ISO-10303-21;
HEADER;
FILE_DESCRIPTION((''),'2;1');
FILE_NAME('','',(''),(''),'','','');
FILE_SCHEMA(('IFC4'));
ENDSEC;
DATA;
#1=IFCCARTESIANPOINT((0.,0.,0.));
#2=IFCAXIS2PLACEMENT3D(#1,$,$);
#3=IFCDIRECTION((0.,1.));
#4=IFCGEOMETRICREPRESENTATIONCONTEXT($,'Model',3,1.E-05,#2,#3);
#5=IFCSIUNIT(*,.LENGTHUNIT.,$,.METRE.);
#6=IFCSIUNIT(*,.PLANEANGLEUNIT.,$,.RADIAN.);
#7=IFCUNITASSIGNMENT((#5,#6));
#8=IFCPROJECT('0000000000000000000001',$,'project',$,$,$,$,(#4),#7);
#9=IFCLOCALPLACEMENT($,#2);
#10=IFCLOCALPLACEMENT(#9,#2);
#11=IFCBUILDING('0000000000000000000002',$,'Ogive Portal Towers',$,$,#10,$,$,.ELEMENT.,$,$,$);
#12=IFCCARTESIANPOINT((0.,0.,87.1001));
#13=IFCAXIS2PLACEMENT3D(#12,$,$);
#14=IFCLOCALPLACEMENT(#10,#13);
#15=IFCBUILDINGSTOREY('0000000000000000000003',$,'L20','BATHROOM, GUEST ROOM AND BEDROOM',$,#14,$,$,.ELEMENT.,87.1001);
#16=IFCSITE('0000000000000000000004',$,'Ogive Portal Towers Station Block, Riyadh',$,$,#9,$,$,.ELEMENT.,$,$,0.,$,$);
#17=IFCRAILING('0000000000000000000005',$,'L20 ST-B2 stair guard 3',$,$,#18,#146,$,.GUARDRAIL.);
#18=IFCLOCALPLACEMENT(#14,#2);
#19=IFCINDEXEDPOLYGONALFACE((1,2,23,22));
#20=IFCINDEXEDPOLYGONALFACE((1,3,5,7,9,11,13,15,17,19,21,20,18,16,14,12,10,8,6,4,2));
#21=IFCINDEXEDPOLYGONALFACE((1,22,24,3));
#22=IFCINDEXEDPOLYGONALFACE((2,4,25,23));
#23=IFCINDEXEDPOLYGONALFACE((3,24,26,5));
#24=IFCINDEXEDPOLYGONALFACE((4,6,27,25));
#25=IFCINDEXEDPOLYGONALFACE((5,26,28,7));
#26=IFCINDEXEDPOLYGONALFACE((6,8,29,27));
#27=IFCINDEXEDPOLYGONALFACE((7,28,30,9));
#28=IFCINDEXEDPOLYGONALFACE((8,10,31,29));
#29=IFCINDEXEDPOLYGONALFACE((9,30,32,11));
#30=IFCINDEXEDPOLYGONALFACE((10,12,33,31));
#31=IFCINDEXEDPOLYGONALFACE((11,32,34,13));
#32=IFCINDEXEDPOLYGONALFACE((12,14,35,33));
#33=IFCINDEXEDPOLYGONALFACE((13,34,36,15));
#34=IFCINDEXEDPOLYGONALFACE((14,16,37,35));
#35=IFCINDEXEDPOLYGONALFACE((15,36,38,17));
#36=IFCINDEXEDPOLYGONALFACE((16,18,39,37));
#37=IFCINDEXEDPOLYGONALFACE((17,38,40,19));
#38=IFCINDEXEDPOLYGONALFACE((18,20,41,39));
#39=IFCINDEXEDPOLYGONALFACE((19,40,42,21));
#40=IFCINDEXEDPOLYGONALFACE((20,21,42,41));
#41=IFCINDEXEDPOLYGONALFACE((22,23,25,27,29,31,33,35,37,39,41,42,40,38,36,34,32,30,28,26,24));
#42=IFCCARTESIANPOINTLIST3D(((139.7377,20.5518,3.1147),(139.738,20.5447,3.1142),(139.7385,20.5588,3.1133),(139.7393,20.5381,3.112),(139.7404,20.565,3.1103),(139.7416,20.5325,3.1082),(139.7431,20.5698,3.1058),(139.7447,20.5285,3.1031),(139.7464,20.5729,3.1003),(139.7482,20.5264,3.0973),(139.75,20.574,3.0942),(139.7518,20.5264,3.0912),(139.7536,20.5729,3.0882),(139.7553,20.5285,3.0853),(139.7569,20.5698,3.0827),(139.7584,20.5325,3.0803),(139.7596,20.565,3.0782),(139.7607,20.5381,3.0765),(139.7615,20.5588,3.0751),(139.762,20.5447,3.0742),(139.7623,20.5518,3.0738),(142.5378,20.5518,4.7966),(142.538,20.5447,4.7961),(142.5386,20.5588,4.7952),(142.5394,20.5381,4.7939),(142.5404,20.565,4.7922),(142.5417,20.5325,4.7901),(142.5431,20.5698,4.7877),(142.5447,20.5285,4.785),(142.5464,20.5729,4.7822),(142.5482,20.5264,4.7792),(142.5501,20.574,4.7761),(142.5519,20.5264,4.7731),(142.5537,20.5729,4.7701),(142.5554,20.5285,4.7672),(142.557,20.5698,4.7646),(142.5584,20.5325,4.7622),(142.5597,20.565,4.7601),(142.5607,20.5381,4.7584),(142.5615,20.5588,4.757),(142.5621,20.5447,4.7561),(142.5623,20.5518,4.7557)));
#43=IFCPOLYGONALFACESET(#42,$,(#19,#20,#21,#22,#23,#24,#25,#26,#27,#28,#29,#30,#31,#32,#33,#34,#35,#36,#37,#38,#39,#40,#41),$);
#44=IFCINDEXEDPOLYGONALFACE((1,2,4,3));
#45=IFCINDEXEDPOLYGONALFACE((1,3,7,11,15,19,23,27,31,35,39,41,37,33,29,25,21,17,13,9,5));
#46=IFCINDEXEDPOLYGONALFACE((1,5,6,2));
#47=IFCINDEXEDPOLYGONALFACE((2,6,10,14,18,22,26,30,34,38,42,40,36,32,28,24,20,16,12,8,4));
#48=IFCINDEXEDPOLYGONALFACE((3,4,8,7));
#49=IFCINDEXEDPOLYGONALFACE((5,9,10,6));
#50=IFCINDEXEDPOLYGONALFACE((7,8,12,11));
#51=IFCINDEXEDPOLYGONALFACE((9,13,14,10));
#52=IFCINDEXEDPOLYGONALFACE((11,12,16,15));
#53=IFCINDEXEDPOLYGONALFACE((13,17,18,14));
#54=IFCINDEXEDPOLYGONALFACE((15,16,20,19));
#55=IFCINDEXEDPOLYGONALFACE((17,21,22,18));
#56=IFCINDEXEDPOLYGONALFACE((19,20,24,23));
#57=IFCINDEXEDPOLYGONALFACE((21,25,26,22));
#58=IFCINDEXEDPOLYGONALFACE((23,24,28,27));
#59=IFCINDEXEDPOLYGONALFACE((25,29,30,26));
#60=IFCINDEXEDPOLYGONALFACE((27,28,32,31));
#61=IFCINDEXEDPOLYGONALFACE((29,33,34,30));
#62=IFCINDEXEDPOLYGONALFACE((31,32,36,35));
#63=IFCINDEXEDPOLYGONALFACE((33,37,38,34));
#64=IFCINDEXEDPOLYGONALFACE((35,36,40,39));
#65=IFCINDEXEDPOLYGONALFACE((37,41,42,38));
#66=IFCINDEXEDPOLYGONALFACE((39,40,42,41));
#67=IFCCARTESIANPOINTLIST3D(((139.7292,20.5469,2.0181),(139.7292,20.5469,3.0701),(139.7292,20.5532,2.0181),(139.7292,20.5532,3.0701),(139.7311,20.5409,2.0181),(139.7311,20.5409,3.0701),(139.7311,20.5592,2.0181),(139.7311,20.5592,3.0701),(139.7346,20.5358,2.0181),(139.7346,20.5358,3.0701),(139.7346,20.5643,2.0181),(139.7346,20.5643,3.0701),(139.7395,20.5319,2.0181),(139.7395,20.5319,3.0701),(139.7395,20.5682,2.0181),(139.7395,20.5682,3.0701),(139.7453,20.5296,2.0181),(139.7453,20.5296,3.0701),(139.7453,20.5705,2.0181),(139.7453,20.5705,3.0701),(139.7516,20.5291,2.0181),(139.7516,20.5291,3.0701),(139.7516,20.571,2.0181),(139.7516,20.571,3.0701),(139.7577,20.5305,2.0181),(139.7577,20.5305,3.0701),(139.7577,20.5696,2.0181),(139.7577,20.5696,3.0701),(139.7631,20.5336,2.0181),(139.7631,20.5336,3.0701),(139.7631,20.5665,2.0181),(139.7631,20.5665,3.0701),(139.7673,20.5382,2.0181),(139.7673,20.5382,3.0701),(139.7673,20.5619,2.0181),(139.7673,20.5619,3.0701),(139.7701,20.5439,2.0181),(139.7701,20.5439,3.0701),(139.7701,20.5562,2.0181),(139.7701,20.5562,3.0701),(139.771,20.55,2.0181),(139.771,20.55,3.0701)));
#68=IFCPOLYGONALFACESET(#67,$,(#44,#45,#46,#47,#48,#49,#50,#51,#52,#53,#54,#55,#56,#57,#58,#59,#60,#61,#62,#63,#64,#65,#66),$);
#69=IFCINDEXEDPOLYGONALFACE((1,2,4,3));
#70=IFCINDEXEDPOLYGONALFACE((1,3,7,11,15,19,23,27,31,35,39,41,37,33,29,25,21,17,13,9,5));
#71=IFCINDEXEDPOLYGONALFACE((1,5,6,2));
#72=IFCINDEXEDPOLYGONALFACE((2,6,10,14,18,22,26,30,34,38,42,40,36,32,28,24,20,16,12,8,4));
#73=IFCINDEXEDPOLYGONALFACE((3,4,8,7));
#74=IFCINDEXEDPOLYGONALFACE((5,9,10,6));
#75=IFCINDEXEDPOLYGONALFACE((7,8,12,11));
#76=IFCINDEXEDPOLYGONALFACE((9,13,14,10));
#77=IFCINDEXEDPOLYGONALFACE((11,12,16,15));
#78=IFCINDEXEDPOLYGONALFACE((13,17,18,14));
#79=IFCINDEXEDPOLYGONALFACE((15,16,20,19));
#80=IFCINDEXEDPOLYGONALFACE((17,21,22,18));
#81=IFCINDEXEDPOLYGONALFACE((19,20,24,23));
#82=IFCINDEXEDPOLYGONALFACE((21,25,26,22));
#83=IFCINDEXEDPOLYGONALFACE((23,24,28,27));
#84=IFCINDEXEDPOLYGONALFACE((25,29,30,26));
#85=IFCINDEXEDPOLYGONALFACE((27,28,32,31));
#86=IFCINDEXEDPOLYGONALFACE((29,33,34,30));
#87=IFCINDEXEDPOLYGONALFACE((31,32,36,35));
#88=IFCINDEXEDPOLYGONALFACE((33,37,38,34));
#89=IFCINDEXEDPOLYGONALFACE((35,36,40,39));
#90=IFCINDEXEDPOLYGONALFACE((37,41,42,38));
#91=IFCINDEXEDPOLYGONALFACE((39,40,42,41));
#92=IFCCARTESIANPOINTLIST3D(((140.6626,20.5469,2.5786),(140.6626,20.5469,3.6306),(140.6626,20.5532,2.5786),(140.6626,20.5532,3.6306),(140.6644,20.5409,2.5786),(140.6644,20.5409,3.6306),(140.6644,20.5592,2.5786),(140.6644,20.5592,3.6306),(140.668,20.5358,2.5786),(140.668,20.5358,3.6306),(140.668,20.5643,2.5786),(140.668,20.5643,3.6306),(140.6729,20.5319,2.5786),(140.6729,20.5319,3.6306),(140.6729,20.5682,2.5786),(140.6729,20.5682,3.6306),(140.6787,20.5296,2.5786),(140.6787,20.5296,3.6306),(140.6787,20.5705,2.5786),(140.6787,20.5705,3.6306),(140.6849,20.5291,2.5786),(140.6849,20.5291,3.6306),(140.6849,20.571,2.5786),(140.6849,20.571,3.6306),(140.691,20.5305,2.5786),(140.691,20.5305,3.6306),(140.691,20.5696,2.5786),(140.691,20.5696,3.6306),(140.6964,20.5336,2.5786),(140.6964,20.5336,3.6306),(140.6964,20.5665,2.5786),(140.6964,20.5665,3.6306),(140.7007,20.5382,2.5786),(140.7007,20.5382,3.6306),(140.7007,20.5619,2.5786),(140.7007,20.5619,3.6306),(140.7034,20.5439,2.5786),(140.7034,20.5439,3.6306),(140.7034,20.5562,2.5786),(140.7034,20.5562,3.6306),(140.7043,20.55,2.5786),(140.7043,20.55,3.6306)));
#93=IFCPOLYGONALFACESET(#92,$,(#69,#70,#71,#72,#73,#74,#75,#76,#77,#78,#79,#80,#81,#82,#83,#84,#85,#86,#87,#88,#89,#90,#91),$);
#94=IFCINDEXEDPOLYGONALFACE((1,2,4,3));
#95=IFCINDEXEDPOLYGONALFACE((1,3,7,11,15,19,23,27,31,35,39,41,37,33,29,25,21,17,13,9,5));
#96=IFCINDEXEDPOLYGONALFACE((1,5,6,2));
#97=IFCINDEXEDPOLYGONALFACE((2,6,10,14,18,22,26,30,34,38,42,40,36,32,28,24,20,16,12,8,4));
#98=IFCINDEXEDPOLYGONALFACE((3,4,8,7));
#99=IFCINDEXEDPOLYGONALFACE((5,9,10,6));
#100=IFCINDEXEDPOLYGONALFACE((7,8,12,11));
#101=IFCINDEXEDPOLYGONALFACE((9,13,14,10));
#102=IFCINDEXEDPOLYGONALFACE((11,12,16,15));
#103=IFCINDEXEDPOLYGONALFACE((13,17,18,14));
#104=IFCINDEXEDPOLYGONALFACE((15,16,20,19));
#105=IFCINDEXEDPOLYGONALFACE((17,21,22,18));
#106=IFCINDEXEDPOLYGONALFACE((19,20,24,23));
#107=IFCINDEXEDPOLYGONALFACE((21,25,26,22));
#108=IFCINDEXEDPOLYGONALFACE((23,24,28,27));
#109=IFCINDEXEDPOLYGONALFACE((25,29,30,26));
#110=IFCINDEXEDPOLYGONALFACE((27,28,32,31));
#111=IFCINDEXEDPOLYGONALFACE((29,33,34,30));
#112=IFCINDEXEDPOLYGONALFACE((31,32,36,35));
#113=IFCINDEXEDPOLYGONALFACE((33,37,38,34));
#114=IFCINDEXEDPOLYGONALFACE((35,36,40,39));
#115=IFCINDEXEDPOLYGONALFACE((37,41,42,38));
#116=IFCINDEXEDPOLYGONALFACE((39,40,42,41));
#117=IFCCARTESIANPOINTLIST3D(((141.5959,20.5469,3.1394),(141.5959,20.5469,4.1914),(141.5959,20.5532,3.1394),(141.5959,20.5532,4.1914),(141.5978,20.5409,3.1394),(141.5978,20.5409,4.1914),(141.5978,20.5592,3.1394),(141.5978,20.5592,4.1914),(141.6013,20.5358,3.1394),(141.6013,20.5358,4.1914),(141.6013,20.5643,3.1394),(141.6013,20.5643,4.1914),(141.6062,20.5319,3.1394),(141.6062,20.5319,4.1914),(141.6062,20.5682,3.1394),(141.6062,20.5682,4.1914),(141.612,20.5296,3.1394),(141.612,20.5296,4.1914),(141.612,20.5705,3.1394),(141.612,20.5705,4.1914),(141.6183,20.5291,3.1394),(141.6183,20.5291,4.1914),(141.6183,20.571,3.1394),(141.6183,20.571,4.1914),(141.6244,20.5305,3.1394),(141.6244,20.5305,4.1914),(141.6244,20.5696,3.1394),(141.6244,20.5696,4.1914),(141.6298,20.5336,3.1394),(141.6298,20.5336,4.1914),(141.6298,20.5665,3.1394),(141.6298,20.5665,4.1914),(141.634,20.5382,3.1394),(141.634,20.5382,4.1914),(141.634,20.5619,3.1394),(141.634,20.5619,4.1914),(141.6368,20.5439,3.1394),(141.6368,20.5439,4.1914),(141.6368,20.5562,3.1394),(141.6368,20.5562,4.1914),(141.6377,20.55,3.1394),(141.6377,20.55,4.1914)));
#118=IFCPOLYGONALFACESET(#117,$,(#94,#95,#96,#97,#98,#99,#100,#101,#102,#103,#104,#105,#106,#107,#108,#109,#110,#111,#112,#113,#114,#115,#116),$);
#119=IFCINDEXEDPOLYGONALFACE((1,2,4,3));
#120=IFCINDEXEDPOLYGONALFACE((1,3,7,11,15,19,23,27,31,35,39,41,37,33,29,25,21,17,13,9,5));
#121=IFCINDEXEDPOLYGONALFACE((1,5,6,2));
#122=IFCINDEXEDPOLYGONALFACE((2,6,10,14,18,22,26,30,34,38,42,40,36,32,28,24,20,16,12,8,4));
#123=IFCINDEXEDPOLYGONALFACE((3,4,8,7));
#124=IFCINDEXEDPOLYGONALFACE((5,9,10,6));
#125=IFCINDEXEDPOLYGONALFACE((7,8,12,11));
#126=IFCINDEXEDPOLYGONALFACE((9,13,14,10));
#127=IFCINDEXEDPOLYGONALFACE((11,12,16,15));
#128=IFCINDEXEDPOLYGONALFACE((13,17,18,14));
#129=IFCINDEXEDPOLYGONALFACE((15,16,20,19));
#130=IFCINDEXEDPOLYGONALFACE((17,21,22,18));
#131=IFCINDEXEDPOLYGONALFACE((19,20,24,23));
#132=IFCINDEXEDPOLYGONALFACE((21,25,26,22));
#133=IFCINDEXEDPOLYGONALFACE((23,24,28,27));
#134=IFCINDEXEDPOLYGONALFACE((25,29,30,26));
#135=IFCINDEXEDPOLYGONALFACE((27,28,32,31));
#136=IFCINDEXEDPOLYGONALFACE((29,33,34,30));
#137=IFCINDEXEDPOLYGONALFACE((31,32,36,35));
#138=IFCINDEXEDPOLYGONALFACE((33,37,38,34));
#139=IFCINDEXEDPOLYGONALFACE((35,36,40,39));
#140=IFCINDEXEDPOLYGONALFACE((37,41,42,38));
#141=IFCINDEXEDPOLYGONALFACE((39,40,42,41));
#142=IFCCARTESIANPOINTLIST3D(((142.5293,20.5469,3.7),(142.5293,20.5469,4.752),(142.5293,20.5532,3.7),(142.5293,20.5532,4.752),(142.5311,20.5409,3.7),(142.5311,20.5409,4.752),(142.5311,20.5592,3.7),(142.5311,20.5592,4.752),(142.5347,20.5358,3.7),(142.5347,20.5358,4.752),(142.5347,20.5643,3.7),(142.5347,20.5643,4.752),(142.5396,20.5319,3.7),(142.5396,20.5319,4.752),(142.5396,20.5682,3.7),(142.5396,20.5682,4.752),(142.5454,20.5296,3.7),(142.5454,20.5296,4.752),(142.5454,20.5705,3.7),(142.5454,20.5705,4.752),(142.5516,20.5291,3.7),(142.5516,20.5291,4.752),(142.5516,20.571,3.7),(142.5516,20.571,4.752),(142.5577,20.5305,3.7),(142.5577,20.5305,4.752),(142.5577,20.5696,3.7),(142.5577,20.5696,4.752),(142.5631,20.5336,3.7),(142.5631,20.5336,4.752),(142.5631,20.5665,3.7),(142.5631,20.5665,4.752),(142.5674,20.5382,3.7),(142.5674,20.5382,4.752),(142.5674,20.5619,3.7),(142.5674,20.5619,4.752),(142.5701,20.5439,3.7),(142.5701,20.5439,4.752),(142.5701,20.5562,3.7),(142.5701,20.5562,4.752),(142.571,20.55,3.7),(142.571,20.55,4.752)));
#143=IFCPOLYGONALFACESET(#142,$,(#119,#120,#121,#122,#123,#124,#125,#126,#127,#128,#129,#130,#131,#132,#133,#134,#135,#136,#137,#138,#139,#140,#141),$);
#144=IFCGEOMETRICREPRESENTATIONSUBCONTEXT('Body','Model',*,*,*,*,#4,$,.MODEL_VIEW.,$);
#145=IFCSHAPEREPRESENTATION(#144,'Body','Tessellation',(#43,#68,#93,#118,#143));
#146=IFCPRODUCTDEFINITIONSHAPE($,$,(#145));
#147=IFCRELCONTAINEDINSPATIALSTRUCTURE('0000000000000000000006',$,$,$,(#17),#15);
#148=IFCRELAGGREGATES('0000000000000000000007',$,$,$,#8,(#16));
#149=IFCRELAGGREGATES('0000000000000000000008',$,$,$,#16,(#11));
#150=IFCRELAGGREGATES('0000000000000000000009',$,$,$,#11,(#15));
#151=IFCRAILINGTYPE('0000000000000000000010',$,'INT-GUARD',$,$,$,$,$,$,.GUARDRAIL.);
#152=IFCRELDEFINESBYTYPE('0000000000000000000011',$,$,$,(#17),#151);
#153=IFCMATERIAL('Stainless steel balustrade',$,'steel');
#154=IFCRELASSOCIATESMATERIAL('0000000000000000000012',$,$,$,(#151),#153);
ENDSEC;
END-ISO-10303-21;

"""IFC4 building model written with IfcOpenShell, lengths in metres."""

from ifc_helpers import new_model, si_unit, direction, frame, origin, origin_2d, place, context, subcontext, project, spatial, circle, extrude, material, type_object, element, save


model = new_model("IFC4")

# Units and contexts
model_context = context("Model", 3, precision=1e-05, world=origin(), true_north=direction((0.0, 1.0)))
body_context = subcontext(model_context, "Body", "Model", "MODEL_VIEW")
ifc_project = project(units=[si_unit("LENGTHUNIT", "METRE"), si_unit("PLANEANGLEUNIT", "RADIAN")], contexts=[model_context])

# Site, building, storey
site_placement = place(None, origin())
site = spatial("IfcSite", under=ifc_project, at=site_placement, Name="Ogive Portal Towers Station Block, Riyadh", CompositionType="ELEMENT", RefElevation=0.0)
building_placement = place(site_placement, origin())
building = spatial("IfcBuilding", under=site, at=building_placement, Name="Ogive Portal Towers", CompositionType="ELEMENT")
storey_placement = place(building_placement, frame((0.0, 0.0, 87.1001)))
storey = spatial("IfcBuildingStorey", under=building, at=storey_placement, Name="L20", Description="BATHROOM, GUEST ROOM AND BEDROOM", CompositionType="ELEMENT", Elevation=87.1001)

# Railing
ifc_material_1 = material(Name="Stainless steel balustrade", Category="steel")
railing_type_1 = type_object("IfcRailingType", Name="INT-GUARD", PredefinedType="GUARDRAIL", material=ifc_material_1)
railing_1_placement = place(storey_placement, frame((139.75, 20.55, 2.0181)))
element("IfcRailing", 1, at=railing_1_placement, inside=storey, type_object=railing_type_1, Name="L20 ST-B2 stair guard 3", PredefinedType="GUARDRAIL", context=body_context, shape_type="SweptSolid", body=[
    extrude(circle(Radius=0.0239, at=origin_2d()), frame((0.0, 0.0, 1.0762), z_axis=(0.857242, 0.0, 0.514913), x_axis=(0.0, 1.0, 0.0)), (0.0, 0.0, 1.0), 3.2664),
    extrude(circle(Radius=0.021, at=origin_2d()), origin(), (0.0, 0.0, 1.0), 1.052),
    extrude(circle(Radius=0.021, at=origin_2d()), frame((0.9333, 0.0, 0.5605)), (0.0, 0.0, 1.0), 1.052),
    extrude(circle(Radius=0.021, at=origin_2d()), frame((1.8667, 0.0, 1.1213)), (0.0, 0.0, 1.0), 1.052),
    extrude(circle(Radius=0.021, at=origin_2d()), frame((2.8, 0.0, 1.6819)), (0.0, 0.0, 1.0), 1.052),
])

save(model, "model.ifc")
